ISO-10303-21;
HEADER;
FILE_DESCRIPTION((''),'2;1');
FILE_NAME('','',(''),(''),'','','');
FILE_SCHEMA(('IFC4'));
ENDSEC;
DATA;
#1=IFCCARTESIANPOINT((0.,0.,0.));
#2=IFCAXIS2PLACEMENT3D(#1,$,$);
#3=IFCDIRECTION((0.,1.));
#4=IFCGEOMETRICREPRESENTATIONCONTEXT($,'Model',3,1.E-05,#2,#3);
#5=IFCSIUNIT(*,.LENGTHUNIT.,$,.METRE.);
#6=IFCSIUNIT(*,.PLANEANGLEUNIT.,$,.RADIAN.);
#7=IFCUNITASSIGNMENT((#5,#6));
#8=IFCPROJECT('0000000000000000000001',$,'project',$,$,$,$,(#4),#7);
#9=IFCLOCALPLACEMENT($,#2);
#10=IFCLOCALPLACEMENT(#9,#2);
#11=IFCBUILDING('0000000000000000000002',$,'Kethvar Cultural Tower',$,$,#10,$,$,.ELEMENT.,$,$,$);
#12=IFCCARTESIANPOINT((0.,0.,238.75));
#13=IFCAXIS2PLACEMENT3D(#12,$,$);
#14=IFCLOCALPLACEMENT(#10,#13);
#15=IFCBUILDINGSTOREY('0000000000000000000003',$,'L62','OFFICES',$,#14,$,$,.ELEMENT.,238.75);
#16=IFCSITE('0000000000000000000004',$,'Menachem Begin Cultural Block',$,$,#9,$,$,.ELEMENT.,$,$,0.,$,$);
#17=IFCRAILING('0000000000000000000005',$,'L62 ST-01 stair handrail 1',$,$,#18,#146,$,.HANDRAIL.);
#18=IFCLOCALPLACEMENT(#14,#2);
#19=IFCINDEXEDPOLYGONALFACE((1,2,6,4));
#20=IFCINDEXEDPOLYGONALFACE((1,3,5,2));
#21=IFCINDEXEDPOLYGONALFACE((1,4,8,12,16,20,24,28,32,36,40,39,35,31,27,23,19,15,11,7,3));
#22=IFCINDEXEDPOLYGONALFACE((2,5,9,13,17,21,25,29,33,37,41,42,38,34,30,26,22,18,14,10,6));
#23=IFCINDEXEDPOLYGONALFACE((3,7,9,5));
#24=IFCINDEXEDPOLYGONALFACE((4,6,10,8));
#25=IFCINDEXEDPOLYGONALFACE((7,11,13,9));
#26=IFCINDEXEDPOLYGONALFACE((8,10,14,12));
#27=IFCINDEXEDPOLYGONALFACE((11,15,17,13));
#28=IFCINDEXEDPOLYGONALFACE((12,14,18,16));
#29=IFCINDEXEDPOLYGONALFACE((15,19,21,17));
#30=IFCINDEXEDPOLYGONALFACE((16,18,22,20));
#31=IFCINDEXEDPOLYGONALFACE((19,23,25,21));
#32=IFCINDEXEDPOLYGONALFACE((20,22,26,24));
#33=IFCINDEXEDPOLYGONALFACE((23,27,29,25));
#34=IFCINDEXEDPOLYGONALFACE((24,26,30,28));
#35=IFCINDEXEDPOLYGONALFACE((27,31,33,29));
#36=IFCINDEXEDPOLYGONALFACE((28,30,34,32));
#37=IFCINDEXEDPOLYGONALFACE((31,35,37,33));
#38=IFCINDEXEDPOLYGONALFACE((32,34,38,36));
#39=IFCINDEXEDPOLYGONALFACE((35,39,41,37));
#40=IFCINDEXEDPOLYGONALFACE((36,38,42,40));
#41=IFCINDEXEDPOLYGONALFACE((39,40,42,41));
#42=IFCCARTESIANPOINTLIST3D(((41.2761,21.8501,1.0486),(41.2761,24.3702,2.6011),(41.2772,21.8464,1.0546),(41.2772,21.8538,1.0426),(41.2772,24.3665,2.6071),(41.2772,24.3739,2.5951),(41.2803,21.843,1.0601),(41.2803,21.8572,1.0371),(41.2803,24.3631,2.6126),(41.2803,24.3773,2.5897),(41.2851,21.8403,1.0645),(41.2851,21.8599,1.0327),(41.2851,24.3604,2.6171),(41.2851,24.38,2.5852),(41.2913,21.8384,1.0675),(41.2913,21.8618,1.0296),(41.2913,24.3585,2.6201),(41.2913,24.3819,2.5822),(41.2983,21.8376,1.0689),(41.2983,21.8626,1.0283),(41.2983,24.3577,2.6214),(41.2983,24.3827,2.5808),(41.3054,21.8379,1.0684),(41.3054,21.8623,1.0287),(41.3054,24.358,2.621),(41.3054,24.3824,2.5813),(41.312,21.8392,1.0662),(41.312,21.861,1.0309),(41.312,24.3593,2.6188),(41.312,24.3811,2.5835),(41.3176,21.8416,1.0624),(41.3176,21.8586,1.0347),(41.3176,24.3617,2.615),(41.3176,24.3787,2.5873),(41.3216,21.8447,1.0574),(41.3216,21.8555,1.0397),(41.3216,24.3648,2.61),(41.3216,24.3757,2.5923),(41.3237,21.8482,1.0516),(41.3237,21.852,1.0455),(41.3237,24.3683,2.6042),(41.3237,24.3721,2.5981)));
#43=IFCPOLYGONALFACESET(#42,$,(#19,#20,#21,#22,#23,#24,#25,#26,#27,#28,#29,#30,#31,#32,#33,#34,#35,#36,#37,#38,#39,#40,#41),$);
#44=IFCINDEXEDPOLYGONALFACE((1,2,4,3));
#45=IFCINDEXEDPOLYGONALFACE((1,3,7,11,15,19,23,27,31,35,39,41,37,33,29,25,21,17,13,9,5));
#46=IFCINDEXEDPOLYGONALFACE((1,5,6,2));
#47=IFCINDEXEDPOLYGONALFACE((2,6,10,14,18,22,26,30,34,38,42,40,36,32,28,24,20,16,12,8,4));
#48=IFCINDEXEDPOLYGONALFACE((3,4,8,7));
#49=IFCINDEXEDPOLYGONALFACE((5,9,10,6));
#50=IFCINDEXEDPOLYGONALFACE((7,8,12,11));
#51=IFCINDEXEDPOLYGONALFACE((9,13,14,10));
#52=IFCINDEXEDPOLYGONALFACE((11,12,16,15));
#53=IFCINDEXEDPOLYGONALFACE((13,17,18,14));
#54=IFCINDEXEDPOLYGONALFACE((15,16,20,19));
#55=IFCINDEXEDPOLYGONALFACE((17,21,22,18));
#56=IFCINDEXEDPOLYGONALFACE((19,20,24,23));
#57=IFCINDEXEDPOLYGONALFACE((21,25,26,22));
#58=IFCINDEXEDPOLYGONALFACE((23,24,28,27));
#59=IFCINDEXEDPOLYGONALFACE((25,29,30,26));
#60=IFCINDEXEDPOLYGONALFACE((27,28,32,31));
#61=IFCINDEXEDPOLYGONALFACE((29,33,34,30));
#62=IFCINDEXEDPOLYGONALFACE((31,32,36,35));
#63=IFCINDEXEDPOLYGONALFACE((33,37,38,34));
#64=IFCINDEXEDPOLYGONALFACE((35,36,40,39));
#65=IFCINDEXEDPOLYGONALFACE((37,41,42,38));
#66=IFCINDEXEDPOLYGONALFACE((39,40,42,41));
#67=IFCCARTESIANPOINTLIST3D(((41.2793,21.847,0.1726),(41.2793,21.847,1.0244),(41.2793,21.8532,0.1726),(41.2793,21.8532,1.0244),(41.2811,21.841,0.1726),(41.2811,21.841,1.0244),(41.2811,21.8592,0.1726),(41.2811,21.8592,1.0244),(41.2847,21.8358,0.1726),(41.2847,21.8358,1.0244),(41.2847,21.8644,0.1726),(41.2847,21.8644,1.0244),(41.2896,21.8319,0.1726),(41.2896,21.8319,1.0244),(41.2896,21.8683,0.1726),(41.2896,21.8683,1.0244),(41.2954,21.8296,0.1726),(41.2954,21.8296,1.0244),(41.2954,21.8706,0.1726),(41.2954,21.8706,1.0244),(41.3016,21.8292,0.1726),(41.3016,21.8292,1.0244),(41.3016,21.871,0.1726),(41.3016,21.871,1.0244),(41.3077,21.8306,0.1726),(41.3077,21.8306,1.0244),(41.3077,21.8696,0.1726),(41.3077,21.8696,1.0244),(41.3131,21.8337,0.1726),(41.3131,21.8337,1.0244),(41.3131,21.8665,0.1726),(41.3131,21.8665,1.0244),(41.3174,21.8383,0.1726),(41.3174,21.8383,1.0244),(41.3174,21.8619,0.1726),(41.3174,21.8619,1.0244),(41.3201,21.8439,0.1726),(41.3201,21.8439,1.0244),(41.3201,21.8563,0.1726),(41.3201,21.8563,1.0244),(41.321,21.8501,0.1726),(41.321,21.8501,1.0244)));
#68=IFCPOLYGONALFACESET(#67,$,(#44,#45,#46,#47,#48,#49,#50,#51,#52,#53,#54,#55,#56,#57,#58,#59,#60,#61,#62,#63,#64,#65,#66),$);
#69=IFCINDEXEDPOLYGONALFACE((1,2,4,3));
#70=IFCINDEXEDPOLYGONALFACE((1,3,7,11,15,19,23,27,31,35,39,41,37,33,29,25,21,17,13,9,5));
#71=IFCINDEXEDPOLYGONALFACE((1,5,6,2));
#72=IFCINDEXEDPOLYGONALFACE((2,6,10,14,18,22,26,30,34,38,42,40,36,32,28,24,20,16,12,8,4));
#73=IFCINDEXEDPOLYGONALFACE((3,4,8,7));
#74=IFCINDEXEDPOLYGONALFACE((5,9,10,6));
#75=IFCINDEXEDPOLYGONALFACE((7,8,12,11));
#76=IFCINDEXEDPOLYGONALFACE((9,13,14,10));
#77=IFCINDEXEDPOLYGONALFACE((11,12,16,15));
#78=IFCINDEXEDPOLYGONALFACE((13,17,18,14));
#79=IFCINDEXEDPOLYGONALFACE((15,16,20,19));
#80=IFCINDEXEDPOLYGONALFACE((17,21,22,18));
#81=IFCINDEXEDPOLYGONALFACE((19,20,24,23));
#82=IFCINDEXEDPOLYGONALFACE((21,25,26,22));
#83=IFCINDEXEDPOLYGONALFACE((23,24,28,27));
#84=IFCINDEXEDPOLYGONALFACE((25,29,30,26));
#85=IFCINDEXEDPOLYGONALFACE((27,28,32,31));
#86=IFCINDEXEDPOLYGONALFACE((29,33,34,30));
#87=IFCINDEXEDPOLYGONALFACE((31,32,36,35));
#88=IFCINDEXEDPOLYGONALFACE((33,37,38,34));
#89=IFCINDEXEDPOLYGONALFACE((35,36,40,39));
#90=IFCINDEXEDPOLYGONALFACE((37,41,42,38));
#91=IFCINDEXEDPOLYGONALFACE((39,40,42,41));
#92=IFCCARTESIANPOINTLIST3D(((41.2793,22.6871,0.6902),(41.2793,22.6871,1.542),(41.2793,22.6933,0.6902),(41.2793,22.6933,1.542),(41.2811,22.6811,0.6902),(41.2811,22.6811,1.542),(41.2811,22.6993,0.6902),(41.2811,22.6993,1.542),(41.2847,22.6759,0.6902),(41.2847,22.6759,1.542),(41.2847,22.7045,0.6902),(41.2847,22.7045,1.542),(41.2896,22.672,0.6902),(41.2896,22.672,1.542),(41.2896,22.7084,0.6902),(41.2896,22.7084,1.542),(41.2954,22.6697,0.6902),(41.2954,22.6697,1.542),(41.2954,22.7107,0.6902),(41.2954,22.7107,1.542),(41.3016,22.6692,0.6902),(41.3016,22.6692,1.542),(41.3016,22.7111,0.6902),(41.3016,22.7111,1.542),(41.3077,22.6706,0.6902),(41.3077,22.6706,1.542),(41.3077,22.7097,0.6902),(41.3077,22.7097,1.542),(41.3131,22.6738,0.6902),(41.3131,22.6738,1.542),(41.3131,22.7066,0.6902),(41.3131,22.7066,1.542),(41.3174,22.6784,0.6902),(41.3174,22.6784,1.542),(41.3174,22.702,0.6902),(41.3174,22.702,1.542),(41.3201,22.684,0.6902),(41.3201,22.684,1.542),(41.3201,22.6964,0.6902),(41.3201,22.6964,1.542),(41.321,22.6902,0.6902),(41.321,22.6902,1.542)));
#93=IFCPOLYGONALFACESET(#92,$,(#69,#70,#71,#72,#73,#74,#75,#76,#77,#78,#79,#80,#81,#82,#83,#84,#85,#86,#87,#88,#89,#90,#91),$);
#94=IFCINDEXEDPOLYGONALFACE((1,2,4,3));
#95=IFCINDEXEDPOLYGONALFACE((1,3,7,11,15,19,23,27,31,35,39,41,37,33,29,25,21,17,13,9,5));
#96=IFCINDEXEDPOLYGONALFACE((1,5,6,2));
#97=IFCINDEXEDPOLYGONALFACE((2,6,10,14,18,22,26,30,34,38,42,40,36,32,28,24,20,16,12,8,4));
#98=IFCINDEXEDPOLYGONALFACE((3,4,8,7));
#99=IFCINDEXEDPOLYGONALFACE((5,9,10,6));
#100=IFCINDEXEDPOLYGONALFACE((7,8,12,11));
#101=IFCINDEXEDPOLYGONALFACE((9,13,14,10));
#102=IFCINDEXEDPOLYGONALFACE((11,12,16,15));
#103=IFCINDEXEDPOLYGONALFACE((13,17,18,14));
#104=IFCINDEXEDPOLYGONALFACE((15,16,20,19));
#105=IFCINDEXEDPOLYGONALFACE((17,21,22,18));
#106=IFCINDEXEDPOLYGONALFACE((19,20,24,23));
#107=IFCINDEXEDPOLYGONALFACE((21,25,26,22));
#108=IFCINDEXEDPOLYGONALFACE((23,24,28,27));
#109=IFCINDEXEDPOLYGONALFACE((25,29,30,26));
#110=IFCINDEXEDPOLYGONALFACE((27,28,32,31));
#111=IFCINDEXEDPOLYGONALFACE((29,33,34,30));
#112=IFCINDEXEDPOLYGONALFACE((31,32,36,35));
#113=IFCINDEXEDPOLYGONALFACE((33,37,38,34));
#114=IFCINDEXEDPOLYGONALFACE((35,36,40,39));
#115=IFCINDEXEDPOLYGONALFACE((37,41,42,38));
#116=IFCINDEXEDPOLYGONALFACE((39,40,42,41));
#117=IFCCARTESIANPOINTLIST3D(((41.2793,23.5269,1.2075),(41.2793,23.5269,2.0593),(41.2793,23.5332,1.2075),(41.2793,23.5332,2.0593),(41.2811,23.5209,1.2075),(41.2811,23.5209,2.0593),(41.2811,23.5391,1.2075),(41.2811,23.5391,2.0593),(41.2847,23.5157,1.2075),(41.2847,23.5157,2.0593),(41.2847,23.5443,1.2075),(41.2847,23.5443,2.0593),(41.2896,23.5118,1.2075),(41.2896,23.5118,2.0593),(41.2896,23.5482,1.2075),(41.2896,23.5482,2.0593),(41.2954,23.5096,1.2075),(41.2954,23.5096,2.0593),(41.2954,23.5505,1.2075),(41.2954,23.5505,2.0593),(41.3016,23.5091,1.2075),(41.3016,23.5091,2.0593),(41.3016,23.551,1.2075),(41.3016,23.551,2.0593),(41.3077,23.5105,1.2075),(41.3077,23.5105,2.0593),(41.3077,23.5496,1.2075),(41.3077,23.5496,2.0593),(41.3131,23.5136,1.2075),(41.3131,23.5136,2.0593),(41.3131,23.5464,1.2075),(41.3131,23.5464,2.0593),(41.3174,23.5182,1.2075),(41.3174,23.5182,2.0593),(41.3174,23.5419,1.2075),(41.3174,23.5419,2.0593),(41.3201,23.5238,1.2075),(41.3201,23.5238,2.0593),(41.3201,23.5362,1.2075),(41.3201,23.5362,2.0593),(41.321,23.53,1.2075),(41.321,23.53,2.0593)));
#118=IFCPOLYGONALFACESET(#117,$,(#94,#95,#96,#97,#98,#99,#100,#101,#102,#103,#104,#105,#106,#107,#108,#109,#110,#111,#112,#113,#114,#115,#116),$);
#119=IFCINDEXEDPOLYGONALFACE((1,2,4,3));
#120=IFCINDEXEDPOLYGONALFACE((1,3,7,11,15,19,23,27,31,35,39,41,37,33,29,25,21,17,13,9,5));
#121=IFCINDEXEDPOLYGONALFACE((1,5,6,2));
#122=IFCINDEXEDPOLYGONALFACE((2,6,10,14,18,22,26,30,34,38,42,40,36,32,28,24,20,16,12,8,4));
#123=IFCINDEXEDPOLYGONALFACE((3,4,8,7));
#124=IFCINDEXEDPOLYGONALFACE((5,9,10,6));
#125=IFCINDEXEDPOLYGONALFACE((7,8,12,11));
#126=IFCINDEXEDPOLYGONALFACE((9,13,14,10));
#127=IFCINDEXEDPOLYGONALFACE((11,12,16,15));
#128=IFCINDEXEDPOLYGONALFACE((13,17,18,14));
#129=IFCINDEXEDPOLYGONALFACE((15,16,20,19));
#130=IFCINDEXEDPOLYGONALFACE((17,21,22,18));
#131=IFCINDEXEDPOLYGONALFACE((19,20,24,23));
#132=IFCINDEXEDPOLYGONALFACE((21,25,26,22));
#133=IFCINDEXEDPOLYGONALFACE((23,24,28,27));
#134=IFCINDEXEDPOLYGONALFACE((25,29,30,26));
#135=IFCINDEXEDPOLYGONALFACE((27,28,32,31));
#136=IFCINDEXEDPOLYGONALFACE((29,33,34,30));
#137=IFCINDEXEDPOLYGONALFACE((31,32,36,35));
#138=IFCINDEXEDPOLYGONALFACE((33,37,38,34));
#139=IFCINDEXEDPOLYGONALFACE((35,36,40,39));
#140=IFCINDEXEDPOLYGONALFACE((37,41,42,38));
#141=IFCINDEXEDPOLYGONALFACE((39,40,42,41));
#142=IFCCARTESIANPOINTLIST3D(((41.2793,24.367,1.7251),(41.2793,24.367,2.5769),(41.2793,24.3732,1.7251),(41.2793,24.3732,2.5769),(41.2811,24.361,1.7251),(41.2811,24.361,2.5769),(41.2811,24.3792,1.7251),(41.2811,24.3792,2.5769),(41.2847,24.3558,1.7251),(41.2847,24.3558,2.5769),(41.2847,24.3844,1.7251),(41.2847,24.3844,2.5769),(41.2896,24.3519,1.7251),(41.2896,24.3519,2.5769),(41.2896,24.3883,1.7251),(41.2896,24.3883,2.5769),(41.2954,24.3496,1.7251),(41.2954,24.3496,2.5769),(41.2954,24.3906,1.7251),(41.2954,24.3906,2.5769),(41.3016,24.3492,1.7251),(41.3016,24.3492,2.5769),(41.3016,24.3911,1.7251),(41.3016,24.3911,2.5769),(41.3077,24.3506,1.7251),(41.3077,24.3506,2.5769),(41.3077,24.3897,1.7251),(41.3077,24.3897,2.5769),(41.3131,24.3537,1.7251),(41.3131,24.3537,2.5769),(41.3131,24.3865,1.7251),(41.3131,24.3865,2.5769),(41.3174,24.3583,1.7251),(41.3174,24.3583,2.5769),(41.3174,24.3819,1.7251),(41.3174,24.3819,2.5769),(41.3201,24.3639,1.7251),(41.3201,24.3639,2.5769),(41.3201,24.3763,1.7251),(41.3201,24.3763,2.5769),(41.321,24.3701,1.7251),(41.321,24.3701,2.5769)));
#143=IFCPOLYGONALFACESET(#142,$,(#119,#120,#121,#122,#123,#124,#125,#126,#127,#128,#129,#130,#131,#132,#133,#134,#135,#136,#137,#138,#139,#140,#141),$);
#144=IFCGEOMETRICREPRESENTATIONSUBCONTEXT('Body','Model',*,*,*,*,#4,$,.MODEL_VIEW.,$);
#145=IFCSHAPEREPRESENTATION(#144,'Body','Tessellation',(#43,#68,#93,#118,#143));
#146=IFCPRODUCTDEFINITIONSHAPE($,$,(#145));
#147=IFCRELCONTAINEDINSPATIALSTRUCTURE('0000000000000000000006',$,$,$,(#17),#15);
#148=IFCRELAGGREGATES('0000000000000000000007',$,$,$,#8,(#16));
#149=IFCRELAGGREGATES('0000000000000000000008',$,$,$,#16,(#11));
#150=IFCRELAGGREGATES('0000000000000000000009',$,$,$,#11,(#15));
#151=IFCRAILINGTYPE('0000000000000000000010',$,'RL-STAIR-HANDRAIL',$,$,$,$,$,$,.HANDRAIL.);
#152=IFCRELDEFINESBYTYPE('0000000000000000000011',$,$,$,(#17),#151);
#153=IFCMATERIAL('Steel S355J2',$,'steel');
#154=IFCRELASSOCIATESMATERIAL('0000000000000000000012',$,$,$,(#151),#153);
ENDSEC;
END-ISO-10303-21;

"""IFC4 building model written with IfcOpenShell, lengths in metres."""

from ifc_helpers import new_model, si_unit, direction, frame, origin, origin_2d, place, context, subcontext, project, spatial, circle, extrude, material, type_object, element, save


model = new_model("IFC4")

# Units and contexts
model_context = context("Model", 3, precision=1e-05, world=origin(), true_north=direction((0.0, 1.0)))
body_context = subcontext(model_context, "Body", "Model", "MODEL_VIEW")
ifc_project = project(units=[si_unit("LENGTHUNIT", "METRE"), si_unit("PLANEANGLEUNIT", "RADIAN")], contexts=[model_context])

# Site, building, storey
site_placement = place(None, origin())
site = spatial("IfcSite", under=ifc_project, at=site_placement, Name="Menachem Begin Cultural Block", CompositionType="ELEMENT", RefElevation=0.0)
building_placement = place(site_placement, origin())
building = spatial("IfcBuilding", under=site, at=building_placement, Name="Kethvar Cultural Tower", CompositionType="ELEMENT")
storey_placement = place(building_placement, frame((0.0, 0.0, 238.75)))
storey = spatial("IfcBuildingStorey", under=building, at=storey_placement, Name="L62", Description="OFFICES", CompositionType="ELEMENT", Elevation=238.75)

# Shared definitions
ifc_material_1 = material(Name="Steel S355J2", Category="steel")

# Railing
railing_type_1 = type_object("IfcRailingType", Name="RL-STAIR-HANDRAIL", PredefinedType="HANDRAIL", material=ifc_material_1)
railing_1_placement = place(storey_placement, frame((41.3, 21.8501, 0.1726)))
element("IfcRailing", 1, at=railing_1_placement, inside=storey, type_object=railing_type_1, Name="L62 ST-01 stair handrail 1", PredefinedType="HANDRAIL", context=body_context, shape_type="SweptSolid", body=[
    extrude(circle(Radius=0.0239, at=origin_2d()), frame((0.0, 0.0, 0.876), z_axis=(0.0, 0.8514, 0.524516), x_axis=(-1.0, 0.0, 0.0)), (0.0, 0.0, 1.0), 2.96),
    extrude(circle(Radius=0.021, at=origin_2d()), origin(), (0.0, 0.0, 1.0), 0.8518),
    extrude(circle(Radius=0.021, at=origin_2d()), frame((0.0, 0.8401, 0.5176)), (0.0, 0.0, 1.0), 0.8518),
    extrude(circle(Radius=0.021, at=origin_2d()), frame((0.0, 1.6799, 1.0349)), (0.0, 0.0, 1.0), 0.8518),
    extrude(circle(Radius=0.021, at=origin_2d()), frame((0.0, 2.52, 1.5525)), (0.0, 0.0, 1.0), 0.8518),
])

save(model, "model.ifc")
